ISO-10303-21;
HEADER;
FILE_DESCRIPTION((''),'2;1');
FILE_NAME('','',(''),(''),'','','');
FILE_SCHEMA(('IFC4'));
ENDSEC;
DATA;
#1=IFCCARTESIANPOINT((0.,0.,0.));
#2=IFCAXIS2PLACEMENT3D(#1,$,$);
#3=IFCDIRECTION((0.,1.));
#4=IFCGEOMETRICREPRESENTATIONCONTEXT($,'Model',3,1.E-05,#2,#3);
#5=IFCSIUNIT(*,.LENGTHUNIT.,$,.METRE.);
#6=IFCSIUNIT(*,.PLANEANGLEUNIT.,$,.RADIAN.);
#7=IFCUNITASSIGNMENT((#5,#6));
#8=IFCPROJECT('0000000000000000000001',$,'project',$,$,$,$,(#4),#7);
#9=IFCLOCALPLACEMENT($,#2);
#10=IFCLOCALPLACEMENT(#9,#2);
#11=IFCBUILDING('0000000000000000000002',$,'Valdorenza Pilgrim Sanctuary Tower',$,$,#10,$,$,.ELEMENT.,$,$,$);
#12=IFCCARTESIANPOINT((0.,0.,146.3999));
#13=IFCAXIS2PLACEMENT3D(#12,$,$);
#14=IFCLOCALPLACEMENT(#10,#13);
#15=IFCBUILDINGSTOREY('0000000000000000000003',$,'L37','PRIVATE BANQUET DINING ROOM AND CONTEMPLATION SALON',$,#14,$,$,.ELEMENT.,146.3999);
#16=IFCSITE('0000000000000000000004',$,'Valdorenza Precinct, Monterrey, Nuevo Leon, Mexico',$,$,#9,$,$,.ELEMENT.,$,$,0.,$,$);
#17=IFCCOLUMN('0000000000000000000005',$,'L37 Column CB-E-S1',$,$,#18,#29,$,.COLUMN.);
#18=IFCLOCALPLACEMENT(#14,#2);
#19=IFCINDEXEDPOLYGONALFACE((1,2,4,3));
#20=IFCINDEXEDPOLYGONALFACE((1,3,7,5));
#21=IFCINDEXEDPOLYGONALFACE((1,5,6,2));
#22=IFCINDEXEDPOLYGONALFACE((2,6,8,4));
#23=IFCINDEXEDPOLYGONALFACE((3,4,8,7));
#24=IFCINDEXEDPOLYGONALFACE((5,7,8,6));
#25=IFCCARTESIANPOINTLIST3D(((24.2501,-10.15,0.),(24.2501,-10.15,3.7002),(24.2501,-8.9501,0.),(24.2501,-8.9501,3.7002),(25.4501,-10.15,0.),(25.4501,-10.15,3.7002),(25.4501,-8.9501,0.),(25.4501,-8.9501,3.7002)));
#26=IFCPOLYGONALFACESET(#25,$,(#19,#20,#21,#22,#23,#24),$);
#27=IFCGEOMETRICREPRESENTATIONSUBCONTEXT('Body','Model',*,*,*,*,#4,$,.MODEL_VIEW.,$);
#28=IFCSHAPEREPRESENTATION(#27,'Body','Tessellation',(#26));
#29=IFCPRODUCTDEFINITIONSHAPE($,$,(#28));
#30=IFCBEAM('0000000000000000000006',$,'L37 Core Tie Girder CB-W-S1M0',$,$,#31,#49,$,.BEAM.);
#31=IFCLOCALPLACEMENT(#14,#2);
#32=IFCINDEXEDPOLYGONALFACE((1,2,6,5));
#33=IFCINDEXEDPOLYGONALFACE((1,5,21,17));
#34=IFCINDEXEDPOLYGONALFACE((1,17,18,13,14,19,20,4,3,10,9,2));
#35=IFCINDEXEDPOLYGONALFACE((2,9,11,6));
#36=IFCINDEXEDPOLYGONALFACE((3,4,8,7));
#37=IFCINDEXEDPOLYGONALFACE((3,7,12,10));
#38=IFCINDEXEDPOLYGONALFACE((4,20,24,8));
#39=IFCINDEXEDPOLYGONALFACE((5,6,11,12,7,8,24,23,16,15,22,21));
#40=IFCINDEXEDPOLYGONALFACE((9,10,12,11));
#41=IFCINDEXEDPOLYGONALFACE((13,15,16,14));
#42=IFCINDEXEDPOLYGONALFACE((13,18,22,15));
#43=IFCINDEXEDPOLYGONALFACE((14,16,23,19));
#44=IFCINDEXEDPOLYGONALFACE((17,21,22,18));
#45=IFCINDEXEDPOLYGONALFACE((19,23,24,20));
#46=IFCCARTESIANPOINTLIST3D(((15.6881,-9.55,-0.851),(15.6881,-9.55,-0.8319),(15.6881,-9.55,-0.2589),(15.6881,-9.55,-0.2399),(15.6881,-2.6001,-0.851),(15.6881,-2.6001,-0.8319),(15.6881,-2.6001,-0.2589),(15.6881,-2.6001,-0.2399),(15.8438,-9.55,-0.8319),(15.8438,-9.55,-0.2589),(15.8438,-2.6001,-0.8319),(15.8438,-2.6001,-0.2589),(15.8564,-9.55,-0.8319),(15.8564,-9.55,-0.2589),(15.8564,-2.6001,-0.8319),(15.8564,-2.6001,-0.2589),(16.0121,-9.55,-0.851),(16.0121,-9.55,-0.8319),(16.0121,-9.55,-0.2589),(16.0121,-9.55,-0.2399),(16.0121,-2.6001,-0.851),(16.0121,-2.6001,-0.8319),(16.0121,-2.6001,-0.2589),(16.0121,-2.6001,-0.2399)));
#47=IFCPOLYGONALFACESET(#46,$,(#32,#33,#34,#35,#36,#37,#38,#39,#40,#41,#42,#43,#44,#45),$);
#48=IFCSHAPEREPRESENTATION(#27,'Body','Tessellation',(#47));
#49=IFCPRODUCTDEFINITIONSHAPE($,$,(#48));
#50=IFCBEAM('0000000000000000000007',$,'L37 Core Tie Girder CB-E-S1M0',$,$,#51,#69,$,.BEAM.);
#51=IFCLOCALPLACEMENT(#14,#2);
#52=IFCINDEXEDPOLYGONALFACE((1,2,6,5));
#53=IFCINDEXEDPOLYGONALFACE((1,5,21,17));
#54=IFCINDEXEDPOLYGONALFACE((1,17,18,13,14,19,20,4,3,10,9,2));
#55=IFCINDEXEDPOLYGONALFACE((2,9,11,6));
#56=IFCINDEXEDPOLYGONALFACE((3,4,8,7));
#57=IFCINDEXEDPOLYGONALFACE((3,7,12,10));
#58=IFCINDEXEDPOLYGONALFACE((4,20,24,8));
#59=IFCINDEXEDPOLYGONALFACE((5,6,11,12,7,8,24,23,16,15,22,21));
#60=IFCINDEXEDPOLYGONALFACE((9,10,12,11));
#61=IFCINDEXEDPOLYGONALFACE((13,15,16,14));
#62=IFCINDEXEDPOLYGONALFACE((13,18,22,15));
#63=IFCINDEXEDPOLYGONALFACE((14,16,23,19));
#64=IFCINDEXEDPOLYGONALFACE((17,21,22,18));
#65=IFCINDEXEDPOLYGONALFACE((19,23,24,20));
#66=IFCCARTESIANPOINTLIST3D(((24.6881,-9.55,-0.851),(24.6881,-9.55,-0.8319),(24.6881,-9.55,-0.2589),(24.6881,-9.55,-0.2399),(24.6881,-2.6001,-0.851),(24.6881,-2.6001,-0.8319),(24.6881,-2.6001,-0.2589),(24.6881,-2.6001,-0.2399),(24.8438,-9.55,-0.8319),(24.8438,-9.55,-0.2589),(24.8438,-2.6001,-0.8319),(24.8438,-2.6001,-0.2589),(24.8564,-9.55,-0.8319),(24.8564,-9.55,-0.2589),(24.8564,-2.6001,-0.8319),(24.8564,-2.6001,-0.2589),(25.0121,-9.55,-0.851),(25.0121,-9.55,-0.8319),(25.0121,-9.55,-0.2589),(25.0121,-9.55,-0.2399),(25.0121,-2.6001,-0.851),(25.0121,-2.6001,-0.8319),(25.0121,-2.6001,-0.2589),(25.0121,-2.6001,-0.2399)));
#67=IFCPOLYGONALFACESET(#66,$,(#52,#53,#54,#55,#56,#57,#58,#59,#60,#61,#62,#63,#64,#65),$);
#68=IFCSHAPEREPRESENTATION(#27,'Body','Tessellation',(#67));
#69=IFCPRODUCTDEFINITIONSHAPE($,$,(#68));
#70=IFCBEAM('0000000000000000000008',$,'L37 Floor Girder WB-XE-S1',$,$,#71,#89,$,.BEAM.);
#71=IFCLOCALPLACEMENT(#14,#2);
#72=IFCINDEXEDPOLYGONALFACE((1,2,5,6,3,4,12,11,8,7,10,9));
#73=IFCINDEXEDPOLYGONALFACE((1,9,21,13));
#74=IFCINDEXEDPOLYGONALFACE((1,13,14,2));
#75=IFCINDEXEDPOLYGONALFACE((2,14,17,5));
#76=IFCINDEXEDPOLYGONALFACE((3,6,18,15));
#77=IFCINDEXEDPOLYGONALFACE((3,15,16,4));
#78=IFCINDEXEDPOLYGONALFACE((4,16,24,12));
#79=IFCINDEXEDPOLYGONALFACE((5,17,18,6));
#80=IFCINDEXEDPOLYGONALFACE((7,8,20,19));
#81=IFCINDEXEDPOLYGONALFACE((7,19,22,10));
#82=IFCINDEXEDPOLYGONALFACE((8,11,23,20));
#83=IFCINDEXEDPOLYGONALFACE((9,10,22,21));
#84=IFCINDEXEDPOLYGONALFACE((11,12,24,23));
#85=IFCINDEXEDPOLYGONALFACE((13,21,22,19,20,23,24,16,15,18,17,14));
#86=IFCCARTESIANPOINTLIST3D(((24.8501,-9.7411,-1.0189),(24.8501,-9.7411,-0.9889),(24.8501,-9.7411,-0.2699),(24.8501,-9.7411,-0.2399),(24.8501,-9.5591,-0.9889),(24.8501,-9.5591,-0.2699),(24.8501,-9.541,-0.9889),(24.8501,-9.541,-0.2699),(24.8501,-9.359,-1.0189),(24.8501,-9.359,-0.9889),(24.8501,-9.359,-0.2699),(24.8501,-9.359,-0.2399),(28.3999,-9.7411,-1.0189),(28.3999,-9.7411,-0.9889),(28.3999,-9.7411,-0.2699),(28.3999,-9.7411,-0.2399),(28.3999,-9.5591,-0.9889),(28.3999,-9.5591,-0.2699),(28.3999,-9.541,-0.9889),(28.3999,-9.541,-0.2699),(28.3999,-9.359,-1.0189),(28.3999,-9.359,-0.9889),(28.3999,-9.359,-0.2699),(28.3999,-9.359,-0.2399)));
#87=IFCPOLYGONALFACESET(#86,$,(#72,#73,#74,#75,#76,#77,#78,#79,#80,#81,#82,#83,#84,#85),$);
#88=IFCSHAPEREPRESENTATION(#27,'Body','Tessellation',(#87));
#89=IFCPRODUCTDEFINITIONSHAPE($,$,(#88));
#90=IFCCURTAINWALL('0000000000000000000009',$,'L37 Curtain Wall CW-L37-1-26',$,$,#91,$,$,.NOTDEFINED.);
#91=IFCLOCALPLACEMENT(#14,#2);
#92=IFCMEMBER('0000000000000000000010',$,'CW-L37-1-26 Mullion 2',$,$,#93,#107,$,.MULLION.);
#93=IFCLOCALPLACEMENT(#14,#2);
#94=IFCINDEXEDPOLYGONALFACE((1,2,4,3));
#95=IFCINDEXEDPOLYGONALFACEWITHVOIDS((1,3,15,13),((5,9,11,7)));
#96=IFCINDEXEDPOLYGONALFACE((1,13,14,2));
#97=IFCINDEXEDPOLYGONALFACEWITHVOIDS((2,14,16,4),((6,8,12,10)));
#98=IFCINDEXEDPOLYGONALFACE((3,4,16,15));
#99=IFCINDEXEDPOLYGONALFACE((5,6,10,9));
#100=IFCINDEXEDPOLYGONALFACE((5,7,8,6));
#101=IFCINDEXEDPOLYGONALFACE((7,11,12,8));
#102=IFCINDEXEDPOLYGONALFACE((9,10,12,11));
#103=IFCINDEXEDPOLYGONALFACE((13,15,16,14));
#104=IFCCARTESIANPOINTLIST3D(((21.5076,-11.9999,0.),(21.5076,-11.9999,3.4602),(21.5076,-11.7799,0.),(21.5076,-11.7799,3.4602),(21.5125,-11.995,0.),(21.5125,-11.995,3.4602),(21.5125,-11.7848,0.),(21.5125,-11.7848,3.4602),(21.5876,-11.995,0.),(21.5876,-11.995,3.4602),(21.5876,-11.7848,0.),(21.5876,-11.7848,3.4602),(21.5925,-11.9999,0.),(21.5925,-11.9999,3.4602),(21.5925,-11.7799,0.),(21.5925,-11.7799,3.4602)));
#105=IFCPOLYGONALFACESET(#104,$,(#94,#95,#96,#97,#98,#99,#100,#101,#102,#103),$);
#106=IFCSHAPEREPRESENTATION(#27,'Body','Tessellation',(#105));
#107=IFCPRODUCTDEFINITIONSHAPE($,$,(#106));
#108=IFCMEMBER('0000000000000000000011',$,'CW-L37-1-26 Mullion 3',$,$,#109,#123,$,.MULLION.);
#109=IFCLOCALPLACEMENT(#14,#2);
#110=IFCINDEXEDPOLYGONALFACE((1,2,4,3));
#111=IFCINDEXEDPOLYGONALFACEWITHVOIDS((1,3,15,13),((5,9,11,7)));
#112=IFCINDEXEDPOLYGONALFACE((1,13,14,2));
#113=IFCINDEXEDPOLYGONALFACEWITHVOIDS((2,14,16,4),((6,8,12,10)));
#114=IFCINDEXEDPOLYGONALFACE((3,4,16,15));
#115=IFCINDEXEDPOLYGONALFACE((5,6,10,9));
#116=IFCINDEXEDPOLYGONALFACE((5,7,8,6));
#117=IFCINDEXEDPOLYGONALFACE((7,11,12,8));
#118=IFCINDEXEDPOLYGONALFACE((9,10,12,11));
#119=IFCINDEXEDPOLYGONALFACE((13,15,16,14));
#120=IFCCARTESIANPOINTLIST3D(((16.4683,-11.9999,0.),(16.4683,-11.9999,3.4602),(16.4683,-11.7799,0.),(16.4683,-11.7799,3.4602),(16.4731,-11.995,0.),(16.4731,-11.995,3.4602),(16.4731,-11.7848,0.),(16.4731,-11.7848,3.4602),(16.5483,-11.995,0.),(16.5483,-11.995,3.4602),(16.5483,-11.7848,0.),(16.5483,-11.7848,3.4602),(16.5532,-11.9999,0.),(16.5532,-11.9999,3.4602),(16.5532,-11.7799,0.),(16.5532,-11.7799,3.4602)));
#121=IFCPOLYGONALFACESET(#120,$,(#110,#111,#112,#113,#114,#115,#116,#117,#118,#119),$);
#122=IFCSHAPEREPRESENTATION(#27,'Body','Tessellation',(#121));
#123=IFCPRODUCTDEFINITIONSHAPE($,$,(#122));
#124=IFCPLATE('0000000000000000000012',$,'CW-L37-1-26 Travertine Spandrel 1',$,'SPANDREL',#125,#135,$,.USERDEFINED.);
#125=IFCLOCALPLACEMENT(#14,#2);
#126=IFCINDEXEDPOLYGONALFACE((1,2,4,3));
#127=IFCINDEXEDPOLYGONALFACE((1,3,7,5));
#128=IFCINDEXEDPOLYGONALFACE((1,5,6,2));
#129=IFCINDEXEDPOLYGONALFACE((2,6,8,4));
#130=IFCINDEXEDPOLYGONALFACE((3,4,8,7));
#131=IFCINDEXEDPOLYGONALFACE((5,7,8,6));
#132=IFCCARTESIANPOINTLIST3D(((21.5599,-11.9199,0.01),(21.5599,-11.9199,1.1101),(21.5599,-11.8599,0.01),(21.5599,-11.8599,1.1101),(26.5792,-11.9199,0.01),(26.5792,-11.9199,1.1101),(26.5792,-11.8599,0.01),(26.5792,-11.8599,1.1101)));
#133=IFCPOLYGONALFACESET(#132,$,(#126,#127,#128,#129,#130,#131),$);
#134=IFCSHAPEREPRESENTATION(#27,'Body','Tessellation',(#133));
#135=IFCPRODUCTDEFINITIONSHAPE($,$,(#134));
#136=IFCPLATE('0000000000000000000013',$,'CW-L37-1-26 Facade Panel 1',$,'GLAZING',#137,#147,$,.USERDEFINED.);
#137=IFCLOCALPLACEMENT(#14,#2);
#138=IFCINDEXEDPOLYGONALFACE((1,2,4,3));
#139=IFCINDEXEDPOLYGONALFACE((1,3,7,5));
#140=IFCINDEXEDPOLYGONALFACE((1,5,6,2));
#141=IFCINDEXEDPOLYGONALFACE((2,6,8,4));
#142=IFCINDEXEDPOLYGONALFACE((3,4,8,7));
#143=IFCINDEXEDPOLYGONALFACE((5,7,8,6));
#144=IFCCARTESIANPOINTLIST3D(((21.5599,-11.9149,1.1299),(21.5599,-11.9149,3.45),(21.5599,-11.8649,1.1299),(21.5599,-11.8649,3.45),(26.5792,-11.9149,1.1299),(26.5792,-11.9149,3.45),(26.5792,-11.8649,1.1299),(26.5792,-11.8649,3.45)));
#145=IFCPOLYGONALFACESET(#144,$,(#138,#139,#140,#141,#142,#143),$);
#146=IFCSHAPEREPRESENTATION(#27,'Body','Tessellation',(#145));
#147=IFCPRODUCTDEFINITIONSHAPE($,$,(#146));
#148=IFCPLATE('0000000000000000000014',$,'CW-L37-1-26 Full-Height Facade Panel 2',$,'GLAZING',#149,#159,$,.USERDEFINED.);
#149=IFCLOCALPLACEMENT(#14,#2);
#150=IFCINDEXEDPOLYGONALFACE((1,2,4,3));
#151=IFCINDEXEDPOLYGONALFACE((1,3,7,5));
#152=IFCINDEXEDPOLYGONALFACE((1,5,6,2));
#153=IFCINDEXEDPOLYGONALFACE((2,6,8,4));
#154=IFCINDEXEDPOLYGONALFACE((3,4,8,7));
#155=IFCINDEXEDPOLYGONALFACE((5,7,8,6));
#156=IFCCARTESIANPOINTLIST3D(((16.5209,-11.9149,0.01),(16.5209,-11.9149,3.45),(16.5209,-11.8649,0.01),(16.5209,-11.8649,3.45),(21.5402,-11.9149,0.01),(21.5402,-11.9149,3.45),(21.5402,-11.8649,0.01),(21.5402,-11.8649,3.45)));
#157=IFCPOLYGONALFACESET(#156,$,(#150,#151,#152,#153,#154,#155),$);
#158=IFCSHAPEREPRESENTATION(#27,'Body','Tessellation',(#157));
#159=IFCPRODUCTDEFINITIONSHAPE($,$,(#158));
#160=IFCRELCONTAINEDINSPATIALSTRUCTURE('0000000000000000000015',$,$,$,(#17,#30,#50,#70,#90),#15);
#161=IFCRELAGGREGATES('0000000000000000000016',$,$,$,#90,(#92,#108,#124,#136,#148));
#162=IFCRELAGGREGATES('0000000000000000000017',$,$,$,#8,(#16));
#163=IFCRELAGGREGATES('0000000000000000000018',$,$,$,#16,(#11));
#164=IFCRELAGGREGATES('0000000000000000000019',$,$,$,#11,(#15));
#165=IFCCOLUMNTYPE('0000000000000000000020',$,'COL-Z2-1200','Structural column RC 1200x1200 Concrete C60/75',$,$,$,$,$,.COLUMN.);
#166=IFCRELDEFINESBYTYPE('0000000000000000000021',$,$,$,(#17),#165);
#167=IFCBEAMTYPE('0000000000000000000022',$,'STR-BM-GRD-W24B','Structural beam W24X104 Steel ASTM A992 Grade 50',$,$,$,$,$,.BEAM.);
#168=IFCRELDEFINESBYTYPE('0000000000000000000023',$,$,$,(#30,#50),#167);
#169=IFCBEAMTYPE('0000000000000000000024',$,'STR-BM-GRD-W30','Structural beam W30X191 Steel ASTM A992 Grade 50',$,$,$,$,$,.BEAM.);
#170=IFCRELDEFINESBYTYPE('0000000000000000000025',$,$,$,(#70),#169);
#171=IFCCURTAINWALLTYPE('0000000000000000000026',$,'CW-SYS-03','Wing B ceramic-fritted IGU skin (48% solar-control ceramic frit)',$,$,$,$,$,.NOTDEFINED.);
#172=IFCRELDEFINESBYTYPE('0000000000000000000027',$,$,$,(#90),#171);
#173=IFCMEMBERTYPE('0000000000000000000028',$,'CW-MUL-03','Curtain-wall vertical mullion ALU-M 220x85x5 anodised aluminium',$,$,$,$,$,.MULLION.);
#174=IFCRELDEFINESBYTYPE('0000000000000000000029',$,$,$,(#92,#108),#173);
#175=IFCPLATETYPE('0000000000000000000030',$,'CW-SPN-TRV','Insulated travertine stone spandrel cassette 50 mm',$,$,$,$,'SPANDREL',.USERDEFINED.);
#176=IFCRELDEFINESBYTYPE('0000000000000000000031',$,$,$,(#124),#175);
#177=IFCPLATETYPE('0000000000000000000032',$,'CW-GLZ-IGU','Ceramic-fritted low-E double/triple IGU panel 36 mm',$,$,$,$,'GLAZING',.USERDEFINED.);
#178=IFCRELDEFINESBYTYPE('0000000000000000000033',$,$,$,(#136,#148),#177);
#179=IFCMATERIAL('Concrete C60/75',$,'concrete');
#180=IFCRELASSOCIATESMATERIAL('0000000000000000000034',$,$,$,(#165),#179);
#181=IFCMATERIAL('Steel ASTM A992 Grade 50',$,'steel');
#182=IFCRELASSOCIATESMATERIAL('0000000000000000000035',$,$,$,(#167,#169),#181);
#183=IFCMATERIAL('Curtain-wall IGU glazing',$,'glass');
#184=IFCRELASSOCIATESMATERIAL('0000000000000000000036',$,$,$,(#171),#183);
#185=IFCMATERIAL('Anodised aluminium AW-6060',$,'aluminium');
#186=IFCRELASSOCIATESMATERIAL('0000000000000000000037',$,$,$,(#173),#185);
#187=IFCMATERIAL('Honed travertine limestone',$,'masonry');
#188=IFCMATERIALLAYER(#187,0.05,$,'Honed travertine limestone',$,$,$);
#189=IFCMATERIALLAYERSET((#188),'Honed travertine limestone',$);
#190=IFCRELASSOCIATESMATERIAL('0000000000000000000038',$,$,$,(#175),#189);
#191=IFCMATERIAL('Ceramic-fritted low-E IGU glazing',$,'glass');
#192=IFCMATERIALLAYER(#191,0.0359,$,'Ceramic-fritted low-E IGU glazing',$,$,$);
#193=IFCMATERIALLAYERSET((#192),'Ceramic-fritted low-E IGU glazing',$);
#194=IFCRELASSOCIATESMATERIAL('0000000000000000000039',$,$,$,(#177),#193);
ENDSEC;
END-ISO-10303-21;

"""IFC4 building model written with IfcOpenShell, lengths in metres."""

from ifc_helpers import new_model, si_unit, direction, frame, origin, origin_2d, place, context, subcontext, project, spatial, rectangle, hollow_rectangle, i_section, extrude, source, transform, mapped, material, layer, layer_set, material_profile, profile_set, type_object, element, aggregate, save


model = new_model("IFC4")

# Units and contexts
model_context = context("Model", 3, precision=1e-05, world=origin(), true_north=direction((0.0, 1.0)))
body_context = subcontext(model_context, "Body", "Model", "MODEL_VIEW")
ifc_project = project(units=[si_unit("LENGTHUNIT", "METRE"), si_unit("PLANEANGLEUNIT", "RADIAN")], contexts=[model_context])

# Site, building, storey
site_placement = place(None, origin())
site = spatial("IfcSite", under=ifc_project, at=site_placement, Name="Valdorenza Precinct, Monterrey, Nuevo Leon, Mexico", CompositionType="ELEMENT", RefElevation=0.0)
building_placement = place(site_placement, origin())
building = spatial("IfcBuilding", under=site, at=building_placement, Name="Valdorenza Pilgrim Sanctuary Tower", CompositionType="ELEMENT")
storey_placement = place(building_placement, frame((0.0, 0.0, 146.3999)))
storey = spatial("IfcBuildingStorey", under=building, at=storey_placement, Name="L37", Description="PRIVATE BANQUET DINING ROOM AND CONTEMPLATION SALON", CompositionType="ELEMENT", Elevation=146.3999)

# Column
ifc_material_1 = material(Name="Concrete C60/75", Category="concrete")
ifc_material_profile_1 = material_profile(ifc_material_1, rectangle(XDim=1.2, YDim=1.2, at=origin_2d()), Name="RC 1200x1200")
ifc_profile_set_1 = profile_set([ifc_material_profile_1], Name="Concrete C60/75")
column_type = type_object("IfcColumnType", Name="COL-Z2-1200", Description="Structural column RC 1200x1200 Concrete C60/75", PredefinedType="COLUMN", material=ifc_profile_set_1)
shared_shape_1 = source(origin(), body_context, "Body", "SweptSolid", [
    extrude(rectangle(XDim=1.2, YDim=1.2, at=origin_2d()), origin(), (0.0, 0.0, 1.0), 3.7002),
])
column_placement = place(storey_placement, frame((24.8501, -9.55, 0.0), z_axis=(0.0, 0.0, 1.0), x_axis=(1.0, 0.0, 0.0)))
element("IfcColumn", 1, at=column_placement, inside=storey, type_object=column_type, Name="L37 Column CB-E-S1", PredefinedType="COLUMN", context=body_context, shape_type="MappedRepresentation", body=[
    mapped(shared_shape_1, transform((0.0, 0.0, 0.0), x_axis=(1.0, 0.0, 0.0), y_axis=(0.0, 1.0, 0.0), z_axis=(0.0, 0.0, 1.0), scale=1.0)),
])

# Beams
ifc_material_2 = material(Name="Steel ASTM A992 Grade 50", Category="steel")
ifc_material_profile_2 = material_profile(ifc_material_2, i_section(OverallWidth=0.324, OverallDepth=0.6111, WebThickness=0.0127, FlangeThickness=0.019, at=origin_2d()), Name="W24X104")
ifc_profile_set_2 = profile_set([ifc_material_profile_2], Name="Steel ASTM A992 Grade 50")
beam_type_1 = type_object("IfcBeamType", Name="STR-BM-GRD-W24B", Description="Structural beam W24X104 Steel ASTM A992 Grade 50", PredefinedType="BEAM", material=ifc_profile_set_2)
shared_shape_2 = source(origin(), body_context, "Body", "SweptSolid", [
    extrude(i_section(OverallWidth=0.324, OverallDepth=0.6111, WebThickness=0.0127, FlangeThickness=0.019, at=origin_2d()), origin(), (0.0, 0.0, 1.0), 6.95),
])
for number, where, z_axis, x_axis, name in (
    (2, (15.8501, -9.55, -0.5454), (0.0, 1.0, 0.0), (-1.0, 0.0, 0.0), "L37 Core Tie Girder CB-W-S1M0"),
    (3, (24.8501, -9.55, -0.5454), (0.0, 1.0, 0.0), (-1.0, 0.0, 0.0), "L37 Core Tie Girder CB-E-S1M0"),
):
    element("IfcBeam", number, at=place(storey_placement, frame(where, z_axis=z_axis, x_axis=x_axis)), inside=storey, type_object=beam_type_1, Name=name, PredefinedType="BEAM", context=body_context, shape_type="MappedRepresentation", body=[
        mapped(shared_shape_2, transform((0.0, 0.0, 0.0), x_axis=(1.0, 0.0, 0.0), y_axis=(0.0, 1.0, 0.0), z_axis=(0.0, 0.0, 1.0), scale=1.0)),
    ])
ifc_material_profile_3 = material_profile(ifc_material_2, i_section(OverallWidth=0.3821, OverallDepth=0.7791, WebThickness=0.0181, FlangeThickness=0.03, at=origin_2d()), Name="W30X191")
ifc_profile_set_3 = profile_set([ifc_material_profile_3], Name="Steel ASTM A992 Grade 50")
beam_type_2 = type_object("IfcBeamType", Name="STR-BM-GRD-W30", Description="Structural beam W30X191 Steel ASTM A992 Grade 50", PredefinedType="BEAM", material=ifc_profile_set_3)
shared_shape_3 = source(origin(), body_context, "Body", "SweptSolid", [
    extrude(i_section(OverallWidth=0.3821, OverallDepth=0.7791, WebThickness=0.0181, FlangeThickness=0.03, at=origin_2d()), origin(), (0.0, 0.0, 1.0), 3.5498),
])
beam_placement = place(storey_placement, frame((24.8501, -9.55, -0.6294), z_axis=(1.0, 0.0, 0.0), x_axis=(0.0, 1.0, 0.0)))
element("IfcBeam", 4, at=beam_placement, inside=storey, type_object=beam_type_2, Name="L37 Floor Girder WB-XE-S1", PredefinedType="BEAM", context=body_context, shape_type="MappedRepresentation", body=[
    mapped(shared_shape_3, transform((0.0, 0.0, 0.0), x_axis=(1.0, 0.0, 0.0), y_axis=(0.0, 1.0, 0.0), z_axis=(0.0, 0.0, 1.0), scale=1.0)),
])

# Curtain wall, members, plates
ifc_material_3 = material(Name="Curtain-wall IGU glazing", Category="glass")
curtain_wall_type = type_object("IfcCurtainWallType", Name="CW-SYS-03", Description="Wing B ceramic-fritted IGU skin (48% solar-control ceramic frit)", PredefinedType="NOTDEFINED", material=ifc_material_3)
curtain_wall_placement = place(storey_placement, origin())
curtain_wall = element("IfcCurtainWall", 5, at=curtain_wall_placement, inside=storey, type_object=curtain_wall_type, Name="L37 Curtain Wall CW-L37-1-26", PredefinedType="NOTDEFINED")
ifc_material_4 = material(Name="Anodised aluminium AW-6060", Category="aluminium")
ifc_material_profile_4 = material_profile(ifc_material_4, hollow_rectangle(XDim=0.085, YDim=0.22, WallThickness=0.0049, at=origin_2d()), Name="ALU-M 220x85x5")
ifc_profile_set_4 = profile_set([ifc_material_profile_4], Name="Anodised aluminium AW-6060")
member_type = type_object("IfcMemberType", Name="CW-MUL-03", Description="Curtain-wall vertical mullion ALU-M 220x85x5 anodised aluminium", PredefinedType="MULLION", material=ifc_profile_set_4)
shared_shape_4 = source(origin(), body_context, "Body", "SweptSolid", [
    extrude(hollow_rectangle(XDim=0.085, YDim=0.22, WallThickness=0.0049, at=origin_2d()), origin(), (0.0, 0.0, 1.0), 3.4602),
])
member_1_placement = place(storey_placement, frame((21.55, -11.8899, 0.0), z_axis=(0.0, 0.0, 1.0), x_axis=(-1.0, 0.0, 0.0)))
member_1 = element("IfcMember", 6, at=member_1_placement, type_object=member_type, Name="CW-L37-1-26 Mullion 2", PredefinedType="MULLION", context=body_context, shape_type="MappedRepresentation", body=[
    mapped(shared_shape_4, transform((0.0, 0.0, 0.0), x_axis=(1.0, 0.0, 0.0), y_axis=(0.0, 1.0, 0.0), z_axis=(0.0, 0.0, 1.0), scale=1.0)),
])
member_2_placement = place(storey_placement, frame((16.5107, -11.8899, 0.0), z_axis=(0.0, 0.0, 1.0), x_axis=(-1.0, 0.0, 0.0)))
member_2 = element("IfcMember", 7, at=member_2_placement, type_object=member_type, Name="CW-L37-1-26 Mullion 3", PredefinedType="MULLION", context=body_context, shape_type="MappedRepresentation", body=[
    mapped(shared_shape_4, transform((0.0, 0.0, 0.0), x_axis=(1.0, 0.0, 0.0), y_axis=(0.0, 1.0, 0.0), z_axis=(0.0, 0.0, 1.0), scale=1.0)),
])
ifc_material_5 = material(Name="Honed travertine limestone", Category="masonry")
ifc_layer_1 = layer(ifc_material_5, 0.05, Name="Honed travertine limestone")
ifc_layer_set_1 = layer_set([ifc_layer_1], Name="Honed travertine limestone")
plate_type_1 = type_object("IfcPlateType", Name="CW-SPN-TRV", Description="Insulated travertine stone spandrel cassette 50 mm", ElementType="SPANDREL", PredefinedType="USERDEFINED", material=ifc_layer_set_1)
shared_shape_5 = source(origin(), body_context, "Body", "SweptSolid", [
    extrude(rectangle(XDim=5.0193, YDim=0.0601, at=origin_2d()), origin(), (0.0, 0.0, 1.0), 1.1001),
])
plate_1_placement = place(storey_placement, frame((24.0696, -11.8899, 0.01), z_axis=(0.0, 0.0, 1.0), x_axis=(-1.0, 0.0, 0.0)))
plate_1 = element("IfcPlate", 8, at=plate_1_placement, type_object=plate_type_1, Name="CW-L37-1-26 Travertine Spandrel 1", ObjectType="SPANDREL", PredefinedType="USERDEFINED", context=body_context, shape_type="MappedRepresentation", body=[
    mapped(shared_shape_5, transform((0.0, 0.0, 0.0), x_axis=(1.0, 0.0, 0.0), y_axis=(0.0, 1.0, 0.0), z_axis=(0.0, 0.0, 1.0), scale=1.0)),
])
ifc_material_6 = material(Name="Ceramic-fritted low-E IGU glazing", Category="glass")
ifc_layer_2 = layer(ifc_material_6, 0.0359, Name="Ceramic-fritted low-E IGU glazing")
ifc_layer_set_2 = layer_set([ifc_layer_2], Name="Ceramic-fritted low-E IGU glazing")
plate_type_2 = type_object("IfcPlateType", Name="CW-GLZ-IGU", Description="Ceramic-fritted low-E double/triple IGU panel 36 mm", ElementType="GLAZING", PredefinedType="USERDEFINED", material=ifc_layer_set_2)
shared_shape_6 = source(origin(), body_context, "Body", "SweptSolid", [
    extrude(rectangle(XDim=5.0193, YDim=0.05, at=origin_2d()), origin(), (0.0, 0.0, 1.0), 2.3201),
])
plate_2_placement = place(storey_placement, frame((24.0696, -11.8899, 1.1299), z_axis=(0.0, 0.0, 1.0), x_axis=(-1.0, 0.0, 0.0)))
plate_2 = element("IfcPlate", 9, at=plate_2_placement, type_object=plate_type_2, Name="CW-L37-1-26 Facade Panel 1", ObjectType="GLAZING", PredefinedType="USERDEFINED", context=body_context, shape_type="MappedRepresentation", body=[
    mapped(shared_shape_6, transform((0.0, 0.0, 0.0), x_axis=(1.0, 0.0, 0.0), y_axis=(0.0, 1.0, 0.0), z_axis=(0.0, 0.0, 1.0), scale=1.0)),
])
shared_shape_7 = source(origin(), body_context, "Body", "SweptSolid", [
    extrude(rectangle(XDim=5.0193, YDim=0.05, at=origin_2d()), origin(), (0.0, 0.0, 1.0), 3.4399),
])
plate_3_placement = place(storey_placement, frame((19.0305, -11.8899, 0.01), z_axis=(0.0, 0.0, 1.0), x_axis=(-1.0, 0.0, 0.0)))
plate_3 = element("IfcPlate", 10, at=plate_3_placement, type_object=plate_type_2, Name="CW-L37-1-26 Full-Height Facade Panel 2", ObjectType="GLAZING", PredefinedType="USERDEFINED", context=body_context, shape_type="MappedRepresentation", body=[
    mapped(shared_shape_7, transform((0.0, 0.0, 0.0), x_axis=(1.0, 0.0, 0.0), y_axis=(0.0, 1.0, 0.0), z_axis=(0.0, 0.0, 1.0), scale=1.0)),
])
aggregate(curtain_wall, [member_1, member_2, plate_1, plate_2, plate_3])

save(model, "model.ifc")
